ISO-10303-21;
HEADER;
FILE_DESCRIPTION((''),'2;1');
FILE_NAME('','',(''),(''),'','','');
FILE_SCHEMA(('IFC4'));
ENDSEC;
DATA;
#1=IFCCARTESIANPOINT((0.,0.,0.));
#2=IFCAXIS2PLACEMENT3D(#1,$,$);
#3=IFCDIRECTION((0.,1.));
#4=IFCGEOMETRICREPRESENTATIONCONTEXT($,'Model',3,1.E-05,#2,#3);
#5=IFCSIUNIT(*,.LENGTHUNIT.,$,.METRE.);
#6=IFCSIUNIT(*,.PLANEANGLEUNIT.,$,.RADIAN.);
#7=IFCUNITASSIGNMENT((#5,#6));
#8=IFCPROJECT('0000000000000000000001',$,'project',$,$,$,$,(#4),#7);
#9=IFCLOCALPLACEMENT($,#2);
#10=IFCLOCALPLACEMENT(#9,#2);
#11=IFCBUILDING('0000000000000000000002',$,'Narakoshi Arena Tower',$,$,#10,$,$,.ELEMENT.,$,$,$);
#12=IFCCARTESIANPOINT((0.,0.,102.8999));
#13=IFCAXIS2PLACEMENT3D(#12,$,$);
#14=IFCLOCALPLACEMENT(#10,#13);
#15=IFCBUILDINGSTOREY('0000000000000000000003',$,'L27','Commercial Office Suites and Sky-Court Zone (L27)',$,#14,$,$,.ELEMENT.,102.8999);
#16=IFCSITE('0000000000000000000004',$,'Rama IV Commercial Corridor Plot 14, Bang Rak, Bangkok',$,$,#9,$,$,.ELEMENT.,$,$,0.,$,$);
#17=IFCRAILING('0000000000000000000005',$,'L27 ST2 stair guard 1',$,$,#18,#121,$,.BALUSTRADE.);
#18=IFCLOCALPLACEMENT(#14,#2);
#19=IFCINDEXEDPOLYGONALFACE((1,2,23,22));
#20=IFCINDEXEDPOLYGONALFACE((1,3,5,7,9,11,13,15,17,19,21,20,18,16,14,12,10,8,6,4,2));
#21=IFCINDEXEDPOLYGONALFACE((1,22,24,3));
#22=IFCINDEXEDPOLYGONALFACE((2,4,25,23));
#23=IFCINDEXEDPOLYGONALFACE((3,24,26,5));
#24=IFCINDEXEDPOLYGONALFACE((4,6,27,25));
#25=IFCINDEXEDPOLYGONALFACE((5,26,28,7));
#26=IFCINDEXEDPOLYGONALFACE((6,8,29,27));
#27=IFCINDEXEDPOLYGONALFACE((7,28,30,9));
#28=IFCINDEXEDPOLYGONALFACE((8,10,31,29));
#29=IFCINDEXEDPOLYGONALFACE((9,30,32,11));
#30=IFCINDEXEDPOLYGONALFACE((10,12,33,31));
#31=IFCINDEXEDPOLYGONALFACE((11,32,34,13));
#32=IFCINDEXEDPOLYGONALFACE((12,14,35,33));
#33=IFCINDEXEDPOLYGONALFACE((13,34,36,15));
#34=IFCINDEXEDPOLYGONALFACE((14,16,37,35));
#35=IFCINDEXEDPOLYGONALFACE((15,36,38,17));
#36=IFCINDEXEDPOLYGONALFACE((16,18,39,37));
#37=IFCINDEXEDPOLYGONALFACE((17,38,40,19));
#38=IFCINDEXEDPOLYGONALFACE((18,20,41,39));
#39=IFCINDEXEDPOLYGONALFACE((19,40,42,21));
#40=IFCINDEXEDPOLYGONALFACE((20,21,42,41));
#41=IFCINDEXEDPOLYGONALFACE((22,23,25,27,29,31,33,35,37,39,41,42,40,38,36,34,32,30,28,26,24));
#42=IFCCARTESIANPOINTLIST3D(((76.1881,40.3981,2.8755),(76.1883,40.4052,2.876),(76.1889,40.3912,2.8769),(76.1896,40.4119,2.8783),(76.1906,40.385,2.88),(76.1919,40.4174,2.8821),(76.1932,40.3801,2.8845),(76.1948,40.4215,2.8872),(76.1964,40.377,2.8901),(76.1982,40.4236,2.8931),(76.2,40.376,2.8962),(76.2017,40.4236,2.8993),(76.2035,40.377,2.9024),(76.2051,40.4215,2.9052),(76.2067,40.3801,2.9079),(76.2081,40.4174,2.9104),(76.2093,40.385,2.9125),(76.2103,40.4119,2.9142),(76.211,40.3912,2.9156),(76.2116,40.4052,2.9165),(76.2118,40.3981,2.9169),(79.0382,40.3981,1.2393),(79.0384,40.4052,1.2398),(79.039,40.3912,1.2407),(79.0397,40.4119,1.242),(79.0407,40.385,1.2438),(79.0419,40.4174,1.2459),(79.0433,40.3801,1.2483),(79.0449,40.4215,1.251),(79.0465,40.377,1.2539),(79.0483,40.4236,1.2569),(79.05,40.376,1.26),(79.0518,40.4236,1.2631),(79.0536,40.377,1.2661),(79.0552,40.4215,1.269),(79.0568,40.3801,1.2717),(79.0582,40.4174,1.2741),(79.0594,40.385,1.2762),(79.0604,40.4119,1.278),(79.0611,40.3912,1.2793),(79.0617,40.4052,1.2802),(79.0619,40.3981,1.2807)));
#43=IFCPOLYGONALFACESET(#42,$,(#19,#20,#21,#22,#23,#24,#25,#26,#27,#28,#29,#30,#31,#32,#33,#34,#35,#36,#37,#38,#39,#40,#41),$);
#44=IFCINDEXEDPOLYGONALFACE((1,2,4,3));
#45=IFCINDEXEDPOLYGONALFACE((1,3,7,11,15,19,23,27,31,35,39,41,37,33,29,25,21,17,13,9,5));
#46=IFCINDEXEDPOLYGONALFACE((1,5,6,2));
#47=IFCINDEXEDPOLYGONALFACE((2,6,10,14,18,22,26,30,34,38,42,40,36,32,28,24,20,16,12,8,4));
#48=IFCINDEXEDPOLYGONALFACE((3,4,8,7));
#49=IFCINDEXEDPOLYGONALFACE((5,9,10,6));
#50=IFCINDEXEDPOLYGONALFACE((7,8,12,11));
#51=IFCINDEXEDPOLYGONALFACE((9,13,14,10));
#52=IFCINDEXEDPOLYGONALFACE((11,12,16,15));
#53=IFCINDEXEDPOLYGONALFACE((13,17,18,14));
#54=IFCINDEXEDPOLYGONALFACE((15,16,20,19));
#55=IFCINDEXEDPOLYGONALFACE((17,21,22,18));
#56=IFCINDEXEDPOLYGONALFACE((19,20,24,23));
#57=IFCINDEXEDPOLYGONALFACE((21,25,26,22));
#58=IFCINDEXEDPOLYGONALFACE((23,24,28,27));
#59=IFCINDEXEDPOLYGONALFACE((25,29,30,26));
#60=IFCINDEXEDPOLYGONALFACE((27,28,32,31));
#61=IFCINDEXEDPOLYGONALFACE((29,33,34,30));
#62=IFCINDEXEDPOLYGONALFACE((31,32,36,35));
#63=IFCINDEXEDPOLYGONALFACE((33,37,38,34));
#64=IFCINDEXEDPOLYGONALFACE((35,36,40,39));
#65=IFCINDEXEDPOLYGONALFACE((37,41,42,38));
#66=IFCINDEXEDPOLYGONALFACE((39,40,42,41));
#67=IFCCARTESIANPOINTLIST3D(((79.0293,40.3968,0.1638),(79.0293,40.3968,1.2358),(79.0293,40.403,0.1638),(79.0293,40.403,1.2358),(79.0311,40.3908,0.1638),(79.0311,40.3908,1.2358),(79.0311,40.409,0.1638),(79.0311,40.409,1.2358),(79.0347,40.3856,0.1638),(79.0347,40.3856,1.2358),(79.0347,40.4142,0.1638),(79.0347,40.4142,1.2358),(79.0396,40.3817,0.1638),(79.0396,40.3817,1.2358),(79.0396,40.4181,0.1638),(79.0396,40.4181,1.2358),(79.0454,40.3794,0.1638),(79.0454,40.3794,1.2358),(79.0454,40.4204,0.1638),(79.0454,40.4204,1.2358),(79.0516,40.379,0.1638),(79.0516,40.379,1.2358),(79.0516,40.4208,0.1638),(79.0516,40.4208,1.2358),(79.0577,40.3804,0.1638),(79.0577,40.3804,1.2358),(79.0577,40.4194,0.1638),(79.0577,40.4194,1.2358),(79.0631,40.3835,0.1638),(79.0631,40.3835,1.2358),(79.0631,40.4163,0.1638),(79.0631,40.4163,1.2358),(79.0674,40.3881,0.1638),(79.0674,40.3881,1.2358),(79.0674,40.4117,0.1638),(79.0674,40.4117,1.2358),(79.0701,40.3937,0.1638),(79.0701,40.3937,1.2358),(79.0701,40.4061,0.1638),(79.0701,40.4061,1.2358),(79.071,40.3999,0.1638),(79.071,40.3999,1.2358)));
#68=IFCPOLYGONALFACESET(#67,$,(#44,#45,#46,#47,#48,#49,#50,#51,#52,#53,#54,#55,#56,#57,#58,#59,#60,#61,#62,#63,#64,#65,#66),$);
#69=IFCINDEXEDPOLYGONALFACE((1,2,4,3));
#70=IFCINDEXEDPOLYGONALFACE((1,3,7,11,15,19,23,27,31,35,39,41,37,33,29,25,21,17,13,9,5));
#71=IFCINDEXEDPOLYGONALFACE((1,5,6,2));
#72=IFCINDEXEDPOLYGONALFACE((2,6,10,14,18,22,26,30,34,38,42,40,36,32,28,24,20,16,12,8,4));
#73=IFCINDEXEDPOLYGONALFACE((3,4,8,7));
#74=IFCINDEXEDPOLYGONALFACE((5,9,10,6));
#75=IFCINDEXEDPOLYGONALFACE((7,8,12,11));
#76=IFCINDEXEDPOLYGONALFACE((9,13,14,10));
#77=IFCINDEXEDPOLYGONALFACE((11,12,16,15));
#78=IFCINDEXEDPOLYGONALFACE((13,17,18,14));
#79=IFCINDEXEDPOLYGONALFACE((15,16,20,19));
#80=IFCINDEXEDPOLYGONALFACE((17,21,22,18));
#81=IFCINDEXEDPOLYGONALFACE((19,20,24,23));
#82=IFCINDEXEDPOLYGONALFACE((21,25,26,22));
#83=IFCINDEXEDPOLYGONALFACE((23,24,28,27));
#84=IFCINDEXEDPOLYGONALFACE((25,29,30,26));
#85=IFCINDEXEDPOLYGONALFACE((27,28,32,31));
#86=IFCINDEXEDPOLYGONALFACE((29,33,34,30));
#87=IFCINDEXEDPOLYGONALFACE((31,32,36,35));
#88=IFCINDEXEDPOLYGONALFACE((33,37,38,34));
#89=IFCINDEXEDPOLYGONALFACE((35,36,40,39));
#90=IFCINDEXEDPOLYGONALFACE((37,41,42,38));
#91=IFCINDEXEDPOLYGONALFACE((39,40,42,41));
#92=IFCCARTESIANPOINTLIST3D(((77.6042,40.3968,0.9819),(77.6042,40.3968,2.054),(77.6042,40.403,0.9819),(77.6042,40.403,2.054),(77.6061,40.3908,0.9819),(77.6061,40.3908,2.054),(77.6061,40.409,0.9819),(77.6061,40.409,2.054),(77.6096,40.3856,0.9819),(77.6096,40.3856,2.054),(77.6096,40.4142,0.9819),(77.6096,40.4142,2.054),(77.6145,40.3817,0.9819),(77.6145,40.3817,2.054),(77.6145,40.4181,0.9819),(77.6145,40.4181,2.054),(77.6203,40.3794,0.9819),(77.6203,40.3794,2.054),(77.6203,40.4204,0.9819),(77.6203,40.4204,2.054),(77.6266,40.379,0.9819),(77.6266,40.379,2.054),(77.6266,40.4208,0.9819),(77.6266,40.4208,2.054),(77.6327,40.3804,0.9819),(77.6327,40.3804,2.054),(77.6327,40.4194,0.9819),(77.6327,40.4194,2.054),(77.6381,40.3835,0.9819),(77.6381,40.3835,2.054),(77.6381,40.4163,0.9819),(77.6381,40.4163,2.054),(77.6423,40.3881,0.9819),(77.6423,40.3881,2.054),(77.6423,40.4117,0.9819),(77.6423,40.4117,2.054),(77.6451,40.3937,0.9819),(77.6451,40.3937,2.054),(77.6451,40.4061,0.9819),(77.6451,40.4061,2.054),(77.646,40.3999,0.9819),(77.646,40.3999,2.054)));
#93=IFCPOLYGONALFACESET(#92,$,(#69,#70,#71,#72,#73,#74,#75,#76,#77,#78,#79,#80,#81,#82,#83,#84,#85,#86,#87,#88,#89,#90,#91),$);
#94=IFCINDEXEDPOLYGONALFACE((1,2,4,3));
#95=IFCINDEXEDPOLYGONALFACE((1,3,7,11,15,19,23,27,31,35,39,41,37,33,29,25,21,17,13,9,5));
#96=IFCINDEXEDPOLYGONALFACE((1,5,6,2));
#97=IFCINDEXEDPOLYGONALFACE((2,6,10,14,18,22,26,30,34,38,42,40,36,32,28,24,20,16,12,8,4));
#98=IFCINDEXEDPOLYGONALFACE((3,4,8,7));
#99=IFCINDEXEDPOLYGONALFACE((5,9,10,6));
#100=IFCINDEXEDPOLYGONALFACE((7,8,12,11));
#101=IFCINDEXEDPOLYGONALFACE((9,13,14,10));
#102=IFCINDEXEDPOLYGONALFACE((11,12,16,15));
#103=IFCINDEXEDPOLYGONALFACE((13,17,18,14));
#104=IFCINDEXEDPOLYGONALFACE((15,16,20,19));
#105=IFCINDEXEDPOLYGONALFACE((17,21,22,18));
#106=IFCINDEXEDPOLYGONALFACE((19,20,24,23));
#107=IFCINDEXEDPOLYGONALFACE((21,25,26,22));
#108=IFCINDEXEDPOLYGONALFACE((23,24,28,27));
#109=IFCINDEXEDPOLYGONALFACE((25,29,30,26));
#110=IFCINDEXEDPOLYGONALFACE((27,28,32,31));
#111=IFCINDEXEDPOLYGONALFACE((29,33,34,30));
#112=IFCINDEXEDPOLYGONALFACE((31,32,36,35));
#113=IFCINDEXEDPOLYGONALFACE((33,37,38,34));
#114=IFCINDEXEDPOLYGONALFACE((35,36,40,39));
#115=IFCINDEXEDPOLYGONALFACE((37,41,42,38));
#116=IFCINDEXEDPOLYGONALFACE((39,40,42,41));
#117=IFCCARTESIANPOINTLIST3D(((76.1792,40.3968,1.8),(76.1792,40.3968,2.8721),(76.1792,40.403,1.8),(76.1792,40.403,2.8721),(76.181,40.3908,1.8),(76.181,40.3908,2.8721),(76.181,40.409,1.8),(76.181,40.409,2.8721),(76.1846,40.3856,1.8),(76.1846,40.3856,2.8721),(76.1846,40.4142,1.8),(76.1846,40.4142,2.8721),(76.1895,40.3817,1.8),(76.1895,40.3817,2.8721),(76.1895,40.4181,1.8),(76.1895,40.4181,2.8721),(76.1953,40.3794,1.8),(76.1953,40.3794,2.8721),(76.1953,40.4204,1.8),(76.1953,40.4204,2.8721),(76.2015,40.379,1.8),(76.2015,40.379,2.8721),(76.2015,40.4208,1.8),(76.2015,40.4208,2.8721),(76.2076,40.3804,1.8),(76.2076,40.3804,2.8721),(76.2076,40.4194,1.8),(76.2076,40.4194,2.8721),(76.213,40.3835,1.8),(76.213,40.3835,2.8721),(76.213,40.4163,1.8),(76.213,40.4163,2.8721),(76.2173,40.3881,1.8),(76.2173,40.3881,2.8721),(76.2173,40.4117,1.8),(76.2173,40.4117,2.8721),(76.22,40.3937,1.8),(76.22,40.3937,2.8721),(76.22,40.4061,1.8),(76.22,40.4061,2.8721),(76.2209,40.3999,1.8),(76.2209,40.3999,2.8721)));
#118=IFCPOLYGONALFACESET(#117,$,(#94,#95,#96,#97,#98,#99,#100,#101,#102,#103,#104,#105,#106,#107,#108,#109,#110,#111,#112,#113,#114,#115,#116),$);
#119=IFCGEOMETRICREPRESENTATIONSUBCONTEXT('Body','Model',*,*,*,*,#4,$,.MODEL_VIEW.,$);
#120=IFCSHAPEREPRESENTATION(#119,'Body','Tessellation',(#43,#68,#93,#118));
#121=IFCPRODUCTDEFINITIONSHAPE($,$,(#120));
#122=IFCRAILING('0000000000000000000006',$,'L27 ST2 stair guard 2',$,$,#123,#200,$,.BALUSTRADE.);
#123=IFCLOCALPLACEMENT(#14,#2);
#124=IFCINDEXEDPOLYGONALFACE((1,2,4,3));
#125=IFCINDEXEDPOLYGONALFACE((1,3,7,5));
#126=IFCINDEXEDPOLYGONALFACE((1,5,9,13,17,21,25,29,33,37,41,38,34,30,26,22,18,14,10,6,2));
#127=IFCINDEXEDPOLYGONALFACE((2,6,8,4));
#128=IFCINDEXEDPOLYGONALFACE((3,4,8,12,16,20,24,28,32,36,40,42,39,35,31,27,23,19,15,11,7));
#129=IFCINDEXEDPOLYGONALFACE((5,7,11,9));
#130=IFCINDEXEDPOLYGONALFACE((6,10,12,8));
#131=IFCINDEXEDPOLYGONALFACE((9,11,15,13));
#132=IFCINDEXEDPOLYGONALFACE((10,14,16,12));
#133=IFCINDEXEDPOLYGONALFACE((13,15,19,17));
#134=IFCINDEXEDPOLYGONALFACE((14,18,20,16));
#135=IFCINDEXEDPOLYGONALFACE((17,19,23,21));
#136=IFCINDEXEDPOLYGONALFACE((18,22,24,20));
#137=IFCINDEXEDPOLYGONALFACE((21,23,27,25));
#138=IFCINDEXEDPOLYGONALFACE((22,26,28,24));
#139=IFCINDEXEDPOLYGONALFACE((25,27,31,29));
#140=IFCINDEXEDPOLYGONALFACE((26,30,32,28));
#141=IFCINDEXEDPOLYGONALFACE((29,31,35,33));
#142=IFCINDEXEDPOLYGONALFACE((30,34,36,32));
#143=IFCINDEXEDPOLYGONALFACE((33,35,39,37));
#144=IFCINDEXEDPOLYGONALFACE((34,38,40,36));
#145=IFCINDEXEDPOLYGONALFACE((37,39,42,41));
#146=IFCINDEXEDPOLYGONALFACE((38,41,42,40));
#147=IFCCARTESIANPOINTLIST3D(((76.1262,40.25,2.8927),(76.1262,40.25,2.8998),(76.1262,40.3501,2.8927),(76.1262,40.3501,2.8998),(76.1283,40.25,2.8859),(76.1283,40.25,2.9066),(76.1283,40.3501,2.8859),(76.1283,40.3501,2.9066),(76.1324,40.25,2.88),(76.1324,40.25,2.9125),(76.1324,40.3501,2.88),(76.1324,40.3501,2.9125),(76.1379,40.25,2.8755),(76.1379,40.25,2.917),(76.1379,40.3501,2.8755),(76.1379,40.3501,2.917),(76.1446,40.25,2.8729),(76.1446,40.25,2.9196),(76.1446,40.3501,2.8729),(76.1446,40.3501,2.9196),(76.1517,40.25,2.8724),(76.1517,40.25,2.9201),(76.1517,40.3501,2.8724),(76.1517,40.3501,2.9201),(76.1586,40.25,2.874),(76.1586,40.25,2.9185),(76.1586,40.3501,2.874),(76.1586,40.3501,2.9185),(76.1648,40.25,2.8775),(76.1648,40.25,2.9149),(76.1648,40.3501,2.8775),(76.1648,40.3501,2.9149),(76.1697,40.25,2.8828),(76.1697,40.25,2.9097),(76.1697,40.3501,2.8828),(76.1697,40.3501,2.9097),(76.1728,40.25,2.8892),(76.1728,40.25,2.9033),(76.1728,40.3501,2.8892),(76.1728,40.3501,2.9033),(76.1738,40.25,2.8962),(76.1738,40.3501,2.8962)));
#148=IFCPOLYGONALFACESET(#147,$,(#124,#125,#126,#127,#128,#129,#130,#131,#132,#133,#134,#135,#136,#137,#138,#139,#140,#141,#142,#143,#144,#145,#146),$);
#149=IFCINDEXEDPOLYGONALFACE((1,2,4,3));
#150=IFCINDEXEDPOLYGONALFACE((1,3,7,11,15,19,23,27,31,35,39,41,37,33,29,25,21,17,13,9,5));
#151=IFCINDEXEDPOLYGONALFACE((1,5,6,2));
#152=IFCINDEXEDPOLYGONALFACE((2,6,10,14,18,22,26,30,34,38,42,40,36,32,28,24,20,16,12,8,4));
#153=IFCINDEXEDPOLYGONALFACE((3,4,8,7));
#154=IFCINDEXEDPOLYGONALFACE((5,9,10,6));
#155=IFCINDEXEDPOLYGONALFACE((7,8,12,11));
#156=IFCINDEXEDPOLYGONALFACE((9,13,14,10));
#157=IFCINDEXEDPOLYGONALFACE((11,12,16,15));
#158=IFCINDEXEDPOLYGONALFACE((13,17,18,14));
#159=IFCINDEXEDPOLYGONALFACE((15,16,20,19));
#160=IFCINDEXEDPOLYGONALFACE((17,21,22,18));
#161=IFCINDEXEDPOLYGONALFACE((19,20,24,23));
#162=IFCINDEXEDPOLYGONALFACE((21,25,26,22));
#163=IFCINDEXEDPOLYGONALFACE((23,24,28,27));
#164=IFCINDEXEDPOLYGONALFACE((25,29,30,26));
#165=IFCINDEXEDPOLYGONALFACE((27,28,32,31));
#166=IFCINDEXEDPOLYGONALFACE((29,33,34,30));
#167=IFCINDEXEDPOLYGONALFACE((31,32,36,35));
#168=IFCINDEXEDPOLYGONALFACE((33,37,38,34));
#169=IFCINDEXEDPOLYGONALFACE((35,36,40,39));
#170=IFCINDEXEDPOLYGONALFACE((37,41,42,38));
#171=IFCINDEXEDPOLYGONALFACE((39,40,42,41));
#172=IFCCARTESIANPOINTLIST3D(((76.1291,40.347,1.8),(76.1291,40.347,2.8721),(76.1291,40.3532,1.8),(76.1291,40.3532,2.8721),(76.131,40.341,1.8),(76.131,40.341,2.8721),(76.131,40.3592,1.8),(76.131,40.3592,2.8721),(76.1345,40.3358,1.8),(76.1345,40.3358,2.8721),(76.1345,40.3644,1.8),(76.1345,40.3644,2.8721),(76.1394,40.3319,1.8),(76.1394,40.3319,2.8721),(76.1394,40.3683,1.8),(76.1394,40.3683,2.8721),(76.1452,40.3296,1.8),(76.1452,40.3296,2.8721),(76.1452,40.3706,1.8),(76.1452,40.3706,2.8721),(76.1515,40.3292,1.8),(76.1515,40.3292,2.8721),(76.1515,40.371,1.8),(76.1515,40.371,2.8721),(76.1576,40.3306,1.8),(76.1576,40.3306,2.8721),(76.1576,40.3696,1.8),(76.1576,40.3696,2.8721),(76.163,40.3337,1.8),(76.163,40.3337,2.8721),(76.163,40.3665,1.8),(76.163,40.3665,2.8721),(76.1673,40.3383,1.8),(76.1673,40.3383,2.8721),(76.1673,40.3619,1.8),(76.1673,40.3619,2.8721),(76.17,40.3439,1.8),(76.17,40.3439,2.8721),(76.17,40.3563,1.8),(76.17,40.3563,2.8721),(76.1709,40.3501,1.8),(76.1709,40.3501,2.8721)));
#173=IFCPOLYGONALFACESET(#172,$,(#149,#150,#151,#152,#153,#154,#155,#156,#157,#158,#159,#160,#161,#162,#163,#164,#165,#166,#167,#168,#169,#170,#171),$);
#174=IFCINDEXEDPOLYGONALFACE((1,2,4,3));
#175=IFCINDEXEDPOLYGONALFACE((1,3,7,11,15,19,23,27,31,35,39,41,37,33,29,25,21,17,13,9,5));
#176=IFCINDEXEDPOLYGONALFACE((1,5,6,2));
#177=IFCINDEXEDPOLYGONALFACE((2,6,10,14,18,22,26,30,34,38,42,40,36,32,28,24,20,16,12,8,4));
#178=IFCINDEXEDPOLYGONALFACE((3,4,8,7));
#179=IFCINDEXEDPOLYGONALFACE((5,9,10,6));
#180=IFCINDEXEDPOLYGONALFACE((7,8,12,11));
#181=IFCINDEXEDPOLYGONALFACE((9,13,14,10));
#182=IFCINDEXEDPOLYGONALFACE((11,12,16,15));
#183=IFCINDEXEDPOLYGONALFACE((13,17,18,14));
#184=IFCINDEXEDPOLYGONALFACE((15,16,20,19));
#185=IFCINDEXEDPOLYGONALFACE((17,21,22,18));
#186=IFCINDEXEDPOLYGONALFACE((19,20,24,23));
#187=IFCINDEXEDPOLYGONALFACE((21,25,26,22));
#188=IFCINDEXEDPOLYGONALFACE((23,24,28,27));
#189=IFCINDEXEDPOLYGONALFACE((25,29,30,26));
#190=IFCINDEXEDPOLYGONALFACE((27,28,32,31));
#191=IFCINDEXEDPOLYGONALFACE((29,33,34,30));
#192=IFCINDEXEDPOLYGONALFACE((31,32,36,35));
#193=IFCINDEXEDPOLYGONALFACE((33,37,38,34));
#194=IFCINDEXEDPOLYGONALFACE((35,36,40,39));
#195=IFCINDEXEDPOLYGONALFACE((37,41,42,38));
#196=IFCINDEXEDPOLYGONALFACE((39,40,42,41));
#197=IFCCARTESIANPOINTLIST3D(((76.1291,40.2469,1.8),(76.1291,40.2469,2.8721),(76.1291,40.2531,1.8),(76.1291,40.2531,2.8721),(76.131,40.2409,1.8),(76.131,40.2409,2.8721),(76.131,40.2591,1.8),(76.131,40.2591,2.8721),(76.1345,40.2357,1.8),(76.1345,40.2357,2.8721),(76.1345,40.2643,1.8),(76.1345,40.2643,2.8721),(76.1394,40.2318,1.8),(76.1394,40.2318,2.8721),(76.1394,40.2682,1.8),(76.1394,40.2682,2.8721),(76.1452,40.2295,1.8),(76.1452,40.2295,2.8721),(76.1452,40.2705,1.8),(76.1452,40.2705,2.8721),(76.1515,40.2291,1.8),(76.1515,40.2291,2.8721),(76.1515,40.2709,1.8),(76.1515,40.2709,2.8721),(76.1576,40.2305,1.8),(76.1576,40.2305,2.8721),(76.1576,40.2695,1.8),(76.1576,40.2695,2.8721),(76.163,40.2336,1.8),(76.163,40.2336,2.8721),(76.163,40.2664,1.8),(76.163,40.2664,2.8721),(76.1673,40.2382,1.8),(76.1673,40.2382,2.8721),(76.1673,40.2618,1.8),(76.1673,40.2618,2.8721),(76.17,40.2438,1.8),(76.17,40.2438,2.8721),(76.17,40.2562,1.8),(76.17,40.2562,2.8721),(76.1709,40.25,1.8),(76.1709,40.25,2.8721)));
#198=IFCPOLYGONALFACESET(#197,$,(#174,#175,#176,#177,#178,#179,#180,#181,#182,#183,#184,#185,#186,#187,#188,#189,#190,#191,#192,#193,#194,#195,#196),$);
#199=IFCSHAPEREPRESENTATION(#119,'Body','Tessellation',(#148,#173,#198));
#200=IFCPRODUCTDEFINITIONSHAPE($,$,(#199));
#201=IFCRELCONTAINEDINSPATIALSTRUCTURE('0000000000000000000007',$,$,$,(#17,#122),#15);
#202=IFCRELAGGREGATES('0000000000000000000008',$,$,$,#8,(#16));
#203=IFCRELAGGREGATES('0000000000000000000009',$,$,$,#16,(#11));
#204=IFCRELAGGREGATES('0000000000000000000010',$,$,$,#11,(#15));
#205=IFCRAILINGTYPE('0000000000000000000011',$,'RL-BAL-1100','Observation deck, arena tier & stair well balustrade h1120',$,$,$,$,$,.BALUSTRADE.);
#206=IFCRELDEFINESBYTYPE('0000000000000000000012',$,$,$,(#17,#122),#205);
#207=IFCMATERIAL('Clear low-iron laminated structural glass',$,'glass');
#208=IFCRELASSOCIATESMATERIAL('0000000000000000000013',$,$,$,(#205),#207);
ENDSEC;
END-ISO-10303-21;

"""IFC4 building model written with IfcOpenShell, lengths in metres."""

from ifc_helpers import new_model, si_unit, direction, frame, origin, origin_2d, place, context, subcontext, project, spatial, circle, extrude, material, type_object, element, save


model = new_model("IFC4")

# Units and contexts
model_context = context("Model", 3, precision=1e-05, world=origin(), true_north=direction((0.0, 1.0)))
body_context = subcontext(model_context, "Body", "Model", "MODEL_VIEW")
ifc_project = project(units=[si_unit("LENGTHUNIT", "METRE"), si_unit("PLANEANGLEUNIT", "RADIAN")], contexts=[model_context])

# Site, building, storey
site_placement = place(None, origin())
site = spatial("IfcSite", under=ifc_project, at=site_placement, Name="Rama IV Commercial Corridor Plot 14, Bang Rak, Bangkok", CompositionType="ELEMENT", RefElevation=0.0)
building_placement = place(site_placement, origin())
building = spatial("IfcBuilding", under=site, at=building_placement, Name="Narakoshi Arena Tower", CompositionType="ELEMENT")
storey_placement = place(building_placement, frame((0.0, 0.0, 102.8999)))
storey = spatial("IfcBuildingStorey", under=building, at=storey_placement, Name="L27", Description="Commercial Office Suites and Sky-Court Zone (L27)", CompositionType="ELEMENT", Elevation=102.8999)

# Railings
ifc_material_1 = material(Name="Clear low-iron laminated structural glass", Category="glass")
railing_type_1 = type_object("IfcRailingType", Name="RL-BAL-1100", Description="Observation deck, arena tier & stair well balustrade h1120", PredefinedType="BALUSTRADE", material=ifc_material_1)
railing_1_placement = place(storey_placement, frame((79.05, 40.3999, 0.1638)))
element("IfcRailing", 1, at=railing_1_placement, inside=storey, type_object=railing_type_1, Name="L27 ST2 stair guard 1", PredefinedType="BALUSTRADE", context=body_context, shape_type="SweptSolid", body=[
    extrude(circle(Radius=0.0239, at=origin_2d()), frame((0.0, 0.0, 1.0962), z_axis=(-0.867245, 0.0, 0.497882), x_axis=(0.0, -1.0, 0.0)), (0.0, 0.0, 1.0), 3.2864),
    extrude(circle(Radius=0.021, at=origin_2d()), origin(), (0.0, 0.0, 1.0), 1.072),
    extrude(circle(Radius=0.021, at=origin_2d()), frame((-1.425, 0.0, 0.8181)), (0.0, 0.0, 1.0), 1.072),
    extrude(circle(Radius=0.021, at=origin_2d()), frame((-2.8501, 0.0, 1.6362)), (0.0, 0.0, 1.0), 1.072),
])
railing_2_placement = place(storey_placement, frame((76.1499, 40.3501, 1.8)))
element("IfcRailing", 2, at=railing_2_placement, inside=storey, type_object=railing_type_1, Name="L27 ST2 stair guard 2", PredefinedType="BALUSTRADE", context=body_context, shape_type="SweptSolid", body=[
    extrude(circle(Radius=0.0239, at=origin_2d()), frame((0.0, 0.0, 1.0962), z_axis=(0.0, -1.0, 0.0), x_axis=(1.0, 0.0, 0.0)), (0.0, 0.0, 1.0), 0.1001),
    extrude(circle(Radius=0.021, at=origin_2d()), origin(), (0.0, 0.0, 1.0), 1.072),
    extrude(circle(Radius=0.021, at=origin_2d()), frame((0.0, -0.1001, 0.0)), (0.0, 0.0, 1.0), 1.072),
])

save(model, "model.ifc")
